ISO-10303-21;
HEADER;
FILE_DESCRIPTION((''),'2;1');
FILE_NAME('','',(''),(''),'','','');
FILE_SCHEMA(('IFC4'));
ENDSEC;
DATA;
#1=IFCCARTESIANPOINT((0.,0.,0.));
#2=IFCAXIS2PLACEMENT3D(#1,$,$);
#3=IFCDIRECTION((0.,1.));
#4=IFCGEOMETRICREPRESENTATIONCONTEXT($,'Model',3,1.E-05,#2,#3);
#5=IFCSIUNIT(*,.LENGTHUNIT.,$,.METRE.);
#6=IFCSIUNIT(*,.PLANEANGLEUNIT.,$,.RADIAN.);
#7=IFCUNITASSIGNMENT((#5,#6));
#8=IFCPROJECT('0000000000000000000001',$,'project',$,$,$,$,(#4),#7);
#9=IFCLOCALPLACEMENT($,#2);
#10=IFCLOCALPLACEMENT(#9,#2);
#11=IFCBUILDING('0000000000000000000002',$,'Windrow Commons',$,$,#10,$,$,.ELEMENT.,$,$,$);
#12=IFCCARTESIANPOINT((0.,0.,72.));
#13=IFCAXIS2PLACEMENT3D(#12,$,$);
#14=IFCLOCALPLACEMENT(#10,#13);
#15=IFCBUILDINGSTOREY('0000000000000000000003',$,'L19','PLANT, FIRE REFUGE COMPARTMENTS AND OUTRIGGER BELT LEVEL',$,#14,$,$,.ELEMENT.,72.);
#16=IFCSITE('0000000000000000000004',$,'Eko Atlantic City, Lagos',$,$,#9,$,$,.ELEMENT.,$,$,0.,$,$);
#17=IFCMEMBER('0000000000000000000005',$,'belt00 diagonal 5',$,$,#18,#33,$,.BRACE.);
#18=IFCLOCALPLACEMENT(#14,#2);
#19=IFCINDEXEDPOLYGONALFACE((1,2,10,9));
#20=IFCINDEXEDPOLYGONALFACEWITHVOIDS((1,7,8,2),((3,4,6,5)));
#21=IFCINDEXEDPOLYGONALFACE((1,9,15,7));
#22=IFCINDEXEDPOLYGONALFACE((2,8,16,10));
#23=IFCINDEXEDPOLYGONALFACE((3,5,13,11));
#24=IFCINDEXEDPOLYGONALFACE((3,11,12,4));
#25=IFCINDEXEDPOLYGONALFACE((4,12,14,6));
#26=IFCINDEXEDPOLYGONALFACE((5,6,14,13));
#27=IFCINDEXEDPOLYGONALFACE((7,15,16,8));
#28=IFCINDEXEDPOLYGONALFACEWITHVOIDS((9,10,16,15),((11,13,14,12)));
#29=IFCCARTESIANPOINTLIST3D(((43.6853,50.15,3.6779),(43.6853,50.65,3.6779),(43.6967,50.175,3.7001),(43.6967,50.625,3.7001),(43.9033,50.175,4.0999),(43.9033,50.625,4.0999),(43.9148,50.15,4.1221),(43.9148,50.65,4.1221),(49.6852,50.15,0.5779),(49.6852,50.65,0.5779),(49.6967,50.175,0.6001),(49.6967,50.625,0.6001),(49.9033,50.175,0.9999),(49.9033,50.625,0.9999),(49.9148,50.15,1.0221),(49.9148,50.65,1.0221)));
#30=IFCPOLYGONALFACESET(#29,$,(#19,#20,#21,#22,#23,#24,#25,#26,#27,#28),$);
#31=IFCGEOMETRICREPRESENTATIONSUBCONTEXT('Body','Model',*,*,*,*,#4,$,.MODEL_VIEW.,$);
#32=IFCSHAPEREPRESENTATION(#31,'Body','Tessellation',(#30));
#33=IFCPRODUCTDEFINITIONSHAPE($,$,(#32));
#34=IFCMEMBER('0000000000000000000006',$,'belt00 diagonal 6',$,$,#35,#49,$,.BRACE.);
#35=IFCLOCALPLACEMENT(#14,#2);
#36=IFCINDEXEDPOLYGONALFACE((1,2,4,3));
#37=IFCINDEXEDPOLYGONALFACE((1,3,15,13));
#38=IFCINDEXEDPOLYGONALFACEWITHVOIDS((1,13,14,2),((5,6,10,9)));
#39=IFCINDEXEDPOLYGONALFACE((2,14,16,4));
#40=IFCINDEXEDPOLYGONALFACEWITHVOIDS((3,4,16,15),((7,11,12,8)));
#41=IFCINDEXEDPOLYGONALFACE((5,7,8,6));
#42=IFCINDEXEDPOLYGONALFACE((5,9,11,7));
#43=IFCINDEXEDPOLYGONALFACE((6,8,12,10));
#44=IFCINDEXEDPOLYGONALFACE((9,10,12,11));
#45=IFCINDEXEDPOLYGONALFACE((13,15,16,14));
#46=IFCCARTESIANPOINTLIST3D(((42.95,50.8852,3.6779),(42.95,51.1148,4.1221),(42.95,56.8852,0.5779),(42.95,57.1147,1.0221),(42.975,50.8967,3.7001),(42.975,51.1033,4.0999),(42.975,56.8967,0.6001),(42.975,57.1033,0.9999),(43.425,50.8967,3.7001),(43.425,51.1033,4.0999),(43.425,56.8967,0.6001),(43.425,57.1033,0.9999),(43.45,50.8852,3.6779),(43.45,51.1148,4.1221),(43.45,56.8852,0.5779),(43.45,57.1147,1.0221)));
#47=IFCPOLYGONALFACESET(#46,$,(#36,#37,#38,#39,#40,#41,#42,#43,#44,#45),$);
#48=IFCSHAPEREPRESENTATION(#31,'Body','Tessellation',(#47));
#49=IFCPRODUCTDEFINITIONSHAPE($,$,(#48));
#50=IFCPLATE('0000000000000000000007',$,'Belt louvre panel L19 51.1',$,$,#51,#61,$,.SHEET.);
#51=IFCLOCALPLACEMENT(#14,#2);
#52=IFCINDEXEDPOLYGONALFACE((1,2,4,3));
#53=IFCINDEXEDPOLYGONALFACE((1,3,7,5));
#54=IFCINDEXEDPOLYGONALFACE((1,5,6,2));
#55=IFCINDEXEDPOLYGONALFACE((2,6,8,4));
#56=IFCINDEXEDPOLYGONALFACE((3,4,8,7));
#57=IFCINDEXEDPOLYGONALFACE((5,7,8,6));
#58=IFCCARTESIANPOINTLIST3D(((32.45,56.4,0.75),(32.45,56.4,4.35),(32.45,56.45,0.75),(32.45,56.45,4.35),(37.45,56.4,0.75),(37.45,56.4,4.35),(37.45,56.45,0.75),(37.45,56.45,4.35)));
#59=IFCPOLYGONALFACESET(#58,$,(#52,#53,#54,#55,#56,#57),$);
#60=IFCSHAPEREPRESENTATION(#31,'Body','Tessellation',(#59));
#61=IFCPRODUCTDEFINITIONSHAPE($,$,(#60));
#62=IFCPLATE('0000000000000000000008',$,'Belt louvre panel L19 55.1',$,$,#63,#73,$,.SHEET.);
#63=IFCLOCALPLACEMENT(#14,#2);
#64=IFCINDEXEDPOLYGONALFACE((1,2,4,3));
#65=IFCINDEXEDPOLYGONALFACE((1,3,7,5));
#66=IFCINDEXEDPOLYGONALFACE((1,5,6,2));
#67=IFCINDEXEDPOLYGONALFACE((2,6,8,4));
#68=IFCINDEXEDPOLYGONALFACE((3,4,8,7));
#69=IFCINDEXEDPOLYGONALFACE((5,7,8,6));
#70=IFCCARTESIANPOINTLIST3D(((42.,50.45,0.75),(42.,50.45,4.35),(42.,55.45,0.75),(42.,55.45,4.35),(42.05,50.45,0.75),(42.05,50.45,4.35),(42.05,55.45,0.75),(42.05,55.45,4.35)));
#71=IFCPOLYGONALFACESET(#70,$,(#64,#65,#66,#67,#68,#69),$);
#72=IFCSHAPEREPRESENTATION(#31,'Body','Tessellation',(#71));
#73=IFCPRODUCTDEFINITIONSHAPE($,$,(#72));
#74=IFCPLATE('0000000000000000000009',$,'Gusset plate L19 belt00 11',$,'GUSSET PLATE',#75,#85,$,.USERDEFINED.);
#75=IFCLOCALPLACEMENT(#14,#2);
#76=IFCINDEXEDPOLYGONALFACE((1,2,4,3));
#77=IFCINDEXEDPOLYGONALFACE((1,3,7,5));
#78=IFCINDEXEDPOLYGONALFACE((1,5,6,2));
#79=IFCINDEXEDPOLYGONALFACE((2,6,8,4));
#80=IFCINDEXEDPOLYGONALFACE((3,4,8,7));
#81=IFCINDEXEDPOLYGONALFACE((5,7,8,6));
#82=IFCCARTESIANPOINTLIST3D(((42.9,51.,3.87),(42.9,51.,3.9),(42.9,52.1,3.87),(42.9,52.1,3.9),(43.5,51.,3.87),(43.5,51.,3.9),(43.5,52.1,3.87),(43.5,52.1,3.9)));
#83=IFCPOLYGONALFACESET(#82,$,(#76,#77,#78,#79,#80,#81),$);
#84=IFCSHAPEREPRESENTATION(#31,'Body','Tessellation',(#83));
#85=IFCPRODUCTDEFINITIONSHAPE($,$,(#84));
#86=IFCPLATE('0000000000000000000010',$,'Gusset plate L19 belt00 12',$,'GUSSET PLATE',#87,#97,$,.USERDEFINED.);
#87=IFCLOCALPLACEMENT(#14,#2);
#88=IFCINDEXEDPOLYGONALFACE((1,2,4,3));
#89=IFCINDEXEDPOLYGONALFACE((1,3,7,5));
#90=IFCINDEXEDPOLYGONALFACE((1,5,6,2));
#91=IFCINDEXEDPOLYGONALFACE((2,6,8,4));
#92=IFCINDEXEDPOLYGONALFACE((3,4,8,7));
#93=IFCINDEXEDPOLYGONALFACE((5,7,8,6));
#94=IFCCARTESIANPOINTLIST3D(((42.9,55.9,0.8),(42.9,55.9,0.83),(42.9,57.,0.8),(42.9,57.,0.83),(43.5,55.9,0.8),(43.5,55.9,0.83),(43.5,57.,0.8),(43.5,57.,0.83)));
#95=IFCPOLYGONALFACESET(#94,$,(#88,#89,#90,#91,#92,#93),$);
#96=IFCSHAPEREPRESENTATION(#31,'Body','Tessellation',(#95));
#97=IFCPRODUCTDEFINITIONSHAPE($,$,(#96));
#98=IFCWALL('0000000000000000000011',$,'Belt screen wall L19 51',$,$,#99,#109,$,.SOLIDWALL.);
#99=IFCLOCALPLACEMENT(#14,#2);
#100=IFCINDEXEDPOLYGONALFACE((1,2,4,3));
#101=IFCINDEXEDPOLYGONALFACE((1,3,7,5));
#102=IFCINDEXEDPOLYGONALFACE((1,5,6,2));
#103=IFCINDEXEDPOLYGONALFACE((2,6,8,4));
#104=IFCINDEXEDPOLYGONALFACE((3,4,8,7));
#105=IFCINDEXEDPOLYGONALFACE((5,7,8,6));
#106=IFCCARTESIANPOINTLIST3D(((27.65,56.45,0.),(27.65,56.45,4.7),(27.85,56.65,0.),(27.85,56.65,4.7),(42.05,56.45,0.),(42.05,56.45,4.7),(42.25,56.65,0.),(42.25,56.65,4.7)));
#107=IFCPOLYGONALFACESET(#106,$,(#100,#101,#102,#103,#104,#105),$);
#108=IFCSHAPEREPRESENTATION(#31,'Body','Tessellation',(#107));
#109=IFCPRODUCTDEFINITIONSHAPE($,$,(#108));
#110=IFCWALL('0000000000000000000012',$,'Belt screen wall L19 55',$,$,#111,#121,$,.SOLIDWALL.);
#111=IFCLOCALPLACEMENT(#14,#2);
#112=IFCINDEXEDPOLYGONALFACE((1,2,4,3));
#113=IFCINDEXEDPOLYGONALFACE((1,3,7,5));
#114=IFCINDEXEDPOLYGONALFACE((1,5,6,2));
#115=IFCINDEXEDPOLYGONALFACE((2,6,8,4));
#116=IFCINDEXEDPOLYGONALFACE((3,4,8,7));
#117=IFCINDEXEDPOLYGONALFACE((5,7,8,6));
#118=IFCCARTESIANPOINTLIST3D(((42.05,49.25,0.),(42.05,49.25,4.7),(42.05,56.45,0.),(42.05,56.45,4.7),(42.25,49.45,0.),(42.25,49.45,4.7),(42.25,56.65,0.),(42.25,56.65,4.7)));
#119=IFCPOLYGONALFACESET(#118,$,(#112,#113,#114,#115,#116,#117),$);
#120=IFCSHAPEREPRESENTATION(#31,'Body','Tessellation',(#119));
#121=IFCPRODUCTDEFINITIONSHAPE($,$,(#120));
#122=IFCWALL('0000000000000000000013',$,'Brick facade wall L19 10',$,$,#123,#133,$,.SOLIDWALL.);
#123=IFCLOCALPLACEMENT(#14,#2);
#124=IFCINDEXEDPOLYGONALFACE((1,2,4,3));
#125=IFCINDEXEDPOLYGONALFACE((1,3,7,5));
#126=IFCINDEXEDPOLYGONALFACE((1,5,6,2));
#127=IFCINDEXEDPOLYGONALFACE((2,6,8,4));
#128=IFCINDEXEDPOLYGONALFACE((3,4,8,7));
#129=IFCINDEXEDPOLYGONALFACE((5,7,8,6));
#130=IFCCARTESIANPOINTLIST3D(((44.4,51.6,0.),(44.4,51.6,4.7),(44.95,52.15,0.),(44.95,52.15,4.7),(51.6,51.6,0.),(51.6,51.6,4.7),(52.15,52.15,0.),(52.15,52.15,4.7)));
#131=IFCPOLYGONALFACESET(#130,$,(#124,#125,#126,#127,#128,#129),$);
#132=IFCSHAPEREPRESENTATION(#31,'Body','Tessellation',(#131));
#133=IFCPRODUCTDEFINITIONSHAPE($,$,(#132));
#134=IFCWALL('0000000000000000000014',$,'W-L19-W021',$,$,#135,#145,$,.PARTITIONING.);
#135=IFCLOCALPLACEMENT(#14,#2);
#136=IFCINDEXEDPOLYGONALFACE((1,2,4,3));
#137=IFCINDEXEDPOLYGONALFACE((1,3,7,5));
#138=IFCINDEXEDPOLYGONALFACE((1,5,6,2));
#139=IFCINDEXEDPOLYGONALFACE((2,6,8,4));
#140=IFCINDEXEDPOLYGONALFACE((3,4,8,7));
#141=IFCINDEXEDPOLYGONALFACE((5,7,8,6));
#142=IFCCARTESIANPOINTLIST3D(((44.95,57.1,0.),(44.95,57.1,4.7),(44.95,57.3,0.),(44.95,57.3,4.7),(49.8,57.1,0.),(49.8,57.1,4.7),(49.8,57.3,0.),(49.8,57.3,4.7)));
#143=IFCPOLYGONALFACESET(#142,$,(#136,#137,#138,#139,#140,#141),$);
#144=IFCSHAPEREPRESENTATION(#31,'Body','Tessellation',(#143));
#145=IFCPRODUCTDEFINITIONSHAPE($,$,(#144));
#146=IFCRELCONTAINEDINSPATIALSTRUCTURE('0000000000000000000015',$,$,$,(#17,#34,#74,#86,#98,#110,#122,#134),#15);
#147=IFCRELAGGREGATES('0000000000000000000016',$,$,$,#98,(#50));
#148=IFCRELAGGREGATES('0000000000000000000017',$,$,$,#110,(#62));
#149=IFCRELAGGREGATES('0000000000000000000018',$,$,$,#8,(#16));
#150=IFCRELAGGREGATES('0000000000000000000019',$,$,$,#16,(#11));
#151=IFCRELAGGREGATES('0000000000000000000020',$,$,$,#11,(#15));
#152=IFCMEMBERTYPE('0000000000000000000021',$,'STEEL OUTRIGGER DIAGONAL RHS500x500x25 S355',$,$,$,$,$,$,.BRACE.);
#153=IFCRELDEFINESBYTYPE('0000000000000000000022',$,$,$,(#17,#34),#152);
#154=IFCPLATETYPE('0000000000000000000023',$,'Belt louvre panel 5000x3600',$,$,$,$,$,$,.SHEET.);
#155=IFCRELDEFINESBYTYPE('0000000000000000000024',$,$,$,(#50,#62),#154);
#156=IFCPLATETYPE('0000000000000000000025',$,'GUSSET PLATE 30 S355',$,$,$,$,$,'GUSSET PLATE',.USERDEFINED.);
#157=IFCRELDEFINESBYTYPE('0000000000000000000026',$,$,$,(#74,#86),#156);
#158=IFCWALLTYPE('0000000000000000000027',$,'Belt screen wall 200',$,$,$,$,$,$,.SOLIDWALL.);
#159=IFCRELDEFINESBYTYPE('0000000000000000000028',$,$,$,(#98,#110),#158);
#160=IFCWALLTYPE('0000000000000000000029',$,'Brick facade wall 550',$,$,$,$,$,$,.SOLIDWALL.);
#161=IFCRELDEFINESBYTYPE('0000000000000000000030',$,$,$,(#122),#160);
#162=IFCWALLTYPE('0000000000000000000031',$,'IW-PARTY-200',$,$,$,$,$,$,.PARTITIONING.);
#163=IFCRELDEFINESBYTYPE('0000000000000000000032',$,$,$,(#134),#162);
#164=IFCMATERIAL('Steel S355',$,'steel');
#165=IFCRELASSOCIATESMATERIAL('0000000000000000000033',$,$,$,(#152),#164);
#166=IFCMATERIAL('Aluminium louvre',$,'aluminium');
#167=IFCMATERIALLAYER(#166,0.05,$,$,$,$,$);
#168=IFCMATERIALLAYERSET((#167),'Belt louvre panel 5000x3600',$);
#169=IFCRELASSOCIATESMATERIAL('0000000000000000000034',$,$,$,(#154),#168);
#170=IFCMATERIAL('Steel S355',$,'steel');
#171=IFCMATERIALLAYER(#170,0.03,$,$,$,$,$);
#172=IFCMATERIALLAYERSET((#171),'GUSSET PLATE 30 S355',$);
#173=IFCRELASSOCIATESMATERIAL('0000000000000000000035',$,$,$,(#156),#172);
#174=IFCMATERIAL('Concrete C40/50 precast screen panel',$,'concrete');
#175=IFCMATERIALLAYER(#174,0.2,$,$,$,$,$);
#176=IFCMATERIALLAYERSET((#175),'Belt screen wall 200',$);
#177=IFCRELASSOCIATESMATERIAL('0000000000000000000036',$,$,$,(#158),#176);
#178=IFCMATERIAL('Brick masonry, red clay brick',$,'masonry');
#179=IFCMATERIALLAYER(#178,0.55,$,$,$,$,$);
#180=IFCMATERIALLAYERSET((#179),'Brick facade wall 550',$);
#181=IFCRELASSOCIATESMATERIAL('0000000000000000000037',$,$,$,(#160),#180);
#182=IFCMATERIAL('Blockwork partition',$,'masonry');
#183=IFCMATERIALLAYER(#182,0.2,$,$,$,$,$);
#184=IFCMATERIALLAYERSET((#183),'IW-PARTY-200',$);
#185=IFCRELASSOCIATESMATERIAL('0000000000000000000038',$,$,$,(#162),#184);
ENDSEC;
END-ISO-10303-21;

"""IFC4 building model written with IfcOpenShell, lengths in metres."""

from ifc_helpers import new_model, si_unit, direction, frame, frame_2d, origin, origin_2d, place, context, subcontext, project, spatial, polyline, rectangle, hollow_rectangle, outline, extrude, material, layer, layer_set, material_profile, profile_set, type_object, element, aggregate, save


model = new_model("IFC4")

# Units and contexts
model_context = context("Model", 3, precision=1e-05, world=origin(), true_north=direction((0.0, 1.0)))
body_context = subcontext(model_context, "Body", "Model", "MODEL_VIEW")
ifc_project = project(units=[si_unit("LENGTHUNIT", "METRE"), si_unit("PLANEANGLEUNIT", "RADIAN")], contexts=[model_context])

# Site, building, storey
site_placement = place(None, origin())
site = spatial("IfcSite", under=ifc_project, at=site_placement, Name="Eko Atlantic City, Lagos", CompositionType="ELEMENT", RefElevation=0.0)
building_placement = place(site_placement, origin())
building = spatial("IfcBuilding", under=site, at=building_placement, Name="Windrow Commons", CompositionType="ELEMENT")
storey_placement = place(building_placement, frame((0.0, 0.0, 72.0)))
storey = spatial("IfcBuildingStorey", under=building, at=storey_placement, Name="L19", Description="PLANT, FIRE REFUGE COMPARTMENTS AND OUTRIGGER BELT LEVEL", CompositionType="ELEMENT", Elevation=72.0)

# Members
ifc_material_1 = material(Name="Steel S355", Category="steel")
ifc_material_profile_1 = material_profile(ifc_material_1, hollow_rectangle(XDim=0.5, YDim=0.5, WallThickness=0.025, at=origin_2d()))
ifc_profile_set_1 = profile_set([ifc_material_profile_1], Name="Steel S355")
member_type_1 = type_object("IfcMemberType", Name="STEEL OUTRIGGER DIAGONAL RHS500x500x25 S355", PredefinedType="BRACE", material=ifc_profile_set_1)
for number, where, z_axis, x_axis, name in (
    (1, (49.8, 50.4, 0.8), (-0.888426, 0.0, 0.45902), (0.0, -1.0, 0.0), "belt00 diagonal 5"),
    (2, (43.2, 51.0, 3.9), (0.0, 0.888426, -0.45902), (-1.0, 0.0, 0.0), "belt00 diagonal 6"),
):
    element("IfcMember", number, at=place(storey_placement, frame(where, z_axis=z_axis, x_axis=x_axis)), inside=storey, type_object=member_type_1, Name=name, PredefinedType="BRACE", context=body_context, shape_type="SweptSolid", body=[
        extrude(hollow_rectangle(XDim=0.5, YDim=0.5, WallThickness=0.025, at=origin_2d()), origin(), (0.0, 0.0, 1.0), 6.7535),
    ])

# Plates
ifc_material_2 = material(Name="Aluminium louvre", Category="aluminium")
ifc_layer_1 = layer(ifc_material_2, 0.05)
ifc_layer_set_1 = layer_set([ifc_layer_1], Name="Belt louvre panel 5000x3600")
plate_type_1 = type_object("IfcPlateType", Name="Belt louvre panel 5000x3600", PredefinedType="SHEET", material=ifc_layer_set_1)
plate_1_placement = place(storey_placement, frame((32.45, 56.4, 0.75), z_axis=(0.0, -1.0, 0.0), x_axis=(1.0, 0.0, 0.0)))
plate_1 = element("IfcPlate", 3, at=plate_1_placement, type_object=plate_type_1, Name="Belt louvre panel L19 51.1", PredefinedType="SHEET", context=body_context, shape_type="SweptSolid", body=[
    extrude(outline(polyline([(0.0, 0.0), (5.0, 0.0), (5.0, 3.6), (0.0, 3.6), (0.0, 0.0)])), origin(), (0.0, 0.0, -1.0), 0.05),
])
plate_2_placement = place(storey_placement, frame((42.0, 55.45, 0.75), z_axis=(-1.0, 0.0, 0.0), x_axis=(0.0, -1.0, 0.0)))
plate_2 = element("IfcPlate", 4, at=plate_2_placement, type_object=plate_type_1, Name="Belt louvre panel L19 55.1", PredefinedType="SHEET", context=body_context, shape_type="SweptSolid", body=[
    extrude(outline(polyline([(0.0, 0.0), (5.0, 0.0), (5.0, 3.6), (0.0, 3.6), (0.0, 0.0)])), origin(), (0.0, 0.0, -1.0), 0.05),
])

# Plates
ifc_material_3 = material(Name="Steel S355", Category="steel")
ifc_layer_2 = layer(ifc_material_3, 0.03)
ifc_layer_set_2 = layer_set([ifc_layer_2], Name="GUSSET PLATE 30 S355")
plate_type_2 = type_object("IfcPlateType", Name="GUSSET PLATE 30 S355", ElementType="GUSSET PLATE", PredefinedType="USERDEFINED", material=ifc_layer_set_2)
for number, where, z_axis, x_axis, name in (
    (5, (43.2, 51.55, 3.87), (0.0, 0.0, 1.0), (0.0, 1.0, 0.0), "Gusset plate L19 belt00 11"),
    (6, (43.2, 56.45, 0.8), (0.0, 0.0, 1.0), (0.0, 1.0, 0.0), "Gusset plate L19 belt00 12"),
):
    element("IfcPlate", number, at=place(storey_placement, frame(where, z_axis=z_axis, x_axis=x_axis)), inside=storey, type_object=plate_type_2, Name=name, ObjectType="GUSSET PLATE", PredefinedType="USERDEFINED", context=body_context, shape_type="SweptSolid", body=[
        extrude(rectangle(XDim=1.1, YDim=0.6, at=origin_2d()), origin(), (0.0, 0.0, 1.0), 0.03),
    ])

# Walls
ifc_material_4 = material(Name="Concrete C40/50 precast screen panel", Category="concrete")
ifc_layer_3 = layer(ifc_material_4, 0.2)
ifc_layer_set_3 = layer_set([ifc_layer_3], Name="Belt screen wall 200")
wall_type_1 = type_object("IfcWallType", Name="Belt screen wall 200", PredefinedType="SOLIDWALL", material=ifc_layer_set_3)
wall_1_placement = place(storey_placement, frame((27.75, 56.55, 0.0), z_axis=(0.0, 0.0, 1.0), x_axis=(1.0, 0.0, 0.0)))
wall_1 = element("IfcWall", 7, at=wall_1_placement, inside=storey, type_object=wall_type_1, Name="Belt screen wall L19 51", PredefinedType="SOLIDWALL", context=body_context, shape_type="SweptSolid", body=[
    extrude(outline(polyline([(-0.1, -0.1), (14.3, -0.1), (14.5, 0.1), (0.1, 0.1), (-0.1, -0.1)])), origin(), (0.0, 0.0, 1.0), 4.7),
])
aggregate(wall_1, [plate_1])
wall_2_placement = place(storey_placement, frame((42.15, 56.55, 0.0), z_axis=(0.0, 0.0, 1.0), x_axis=(0.0, -1.0, 0.0)))
wall_2 = element("IfcWall", 8, at=wall_2_placement, inside=storey, type_object=wall_type_1, Name="Belt screen wall L19 55", PredefinedType="SOLIDWALL", context=body_context, shape_type="SweptSolid", body=[
    extrude(outline(polyline([(0.1, -0.1), (7.3, -0.1), (7.1, 0.1), (-0.1, 0.1), (0.1, -0.1)])), origin(), (0.0, 0.0, 1.0), 4.7),
])
aggregate(wall_2, [plate_2])

# Walls
ifc_material_5 = material(Name="Brick masonry, red clay brick", Category="masonry")
ifc_layer_4 = layer(ifc_material_5, 0.55)
ifc_layer_set_4 = layer_set([ifc_layer_4], Name="Brick facade wall 550")
wall_type_2 = type_object("IfcWallType", Name="Brick facade wall 550", PredefinedType="SOLIDWALL", material=ifc_layer_set_4)
wall_3_placement = place(storey_placement, frame((44.675, 51.875, 0.0), z_axis=(0.0, 0.0, 1.0), x_axis=(1.0, 0.0, 0.0)))
element("IfcWall", 9, at=wall_3_placement, inside=storey, type_object=wall_type_2, Name="Brick facade wall L19 10", PredefinedType="SOLIDWALL", context=body_context, shape_type="SweptSolid", body=[
    extrude(outline(polyline([(-0.275, -0.275), (6.925, -0.275), (7.475, 0.275), (0.275, 0.275), (-0.275, -0.275)])), origin(), (0.0, 0.0, 1.0), 4.7),
])
ifc_material_6 = material(Name="Blockwork partition", Category="masonry")
ifc_layer_5 = layer(ifc_material_6, 0.2)
ifc_layer_set_5 = layer_set([ifc_layer_5], Name="IW-PARTY-200")
wall_type_3 = type_object("IfcWallType", Name="IW-PARTY-200", PredefinedType="PARTITIONING", material=ifc_layer_set_5)
wall_4_placement = place(storey_placement, frame((44.95, 57.2, 0.0), z_axis=(0.0, 0.0, 1.0), x_axis=(1.0, 0.0, 0.0)))
element("IfcWall", 10, at=wall_4_placement, inside=storey, type_object=wall_type_3, Name="W-L19-W021", PredefinedType="PARTITIONING", context=body_context, shape_type="SweptSolid", body=[
    extrude(rectangle(XDim=4.85, YDim=0.2, at=frame_2d((2.425, 0.0))), origin(), (0.0, 0.0, 1.0), 4.7),
])

save(model, "model.ifc")
